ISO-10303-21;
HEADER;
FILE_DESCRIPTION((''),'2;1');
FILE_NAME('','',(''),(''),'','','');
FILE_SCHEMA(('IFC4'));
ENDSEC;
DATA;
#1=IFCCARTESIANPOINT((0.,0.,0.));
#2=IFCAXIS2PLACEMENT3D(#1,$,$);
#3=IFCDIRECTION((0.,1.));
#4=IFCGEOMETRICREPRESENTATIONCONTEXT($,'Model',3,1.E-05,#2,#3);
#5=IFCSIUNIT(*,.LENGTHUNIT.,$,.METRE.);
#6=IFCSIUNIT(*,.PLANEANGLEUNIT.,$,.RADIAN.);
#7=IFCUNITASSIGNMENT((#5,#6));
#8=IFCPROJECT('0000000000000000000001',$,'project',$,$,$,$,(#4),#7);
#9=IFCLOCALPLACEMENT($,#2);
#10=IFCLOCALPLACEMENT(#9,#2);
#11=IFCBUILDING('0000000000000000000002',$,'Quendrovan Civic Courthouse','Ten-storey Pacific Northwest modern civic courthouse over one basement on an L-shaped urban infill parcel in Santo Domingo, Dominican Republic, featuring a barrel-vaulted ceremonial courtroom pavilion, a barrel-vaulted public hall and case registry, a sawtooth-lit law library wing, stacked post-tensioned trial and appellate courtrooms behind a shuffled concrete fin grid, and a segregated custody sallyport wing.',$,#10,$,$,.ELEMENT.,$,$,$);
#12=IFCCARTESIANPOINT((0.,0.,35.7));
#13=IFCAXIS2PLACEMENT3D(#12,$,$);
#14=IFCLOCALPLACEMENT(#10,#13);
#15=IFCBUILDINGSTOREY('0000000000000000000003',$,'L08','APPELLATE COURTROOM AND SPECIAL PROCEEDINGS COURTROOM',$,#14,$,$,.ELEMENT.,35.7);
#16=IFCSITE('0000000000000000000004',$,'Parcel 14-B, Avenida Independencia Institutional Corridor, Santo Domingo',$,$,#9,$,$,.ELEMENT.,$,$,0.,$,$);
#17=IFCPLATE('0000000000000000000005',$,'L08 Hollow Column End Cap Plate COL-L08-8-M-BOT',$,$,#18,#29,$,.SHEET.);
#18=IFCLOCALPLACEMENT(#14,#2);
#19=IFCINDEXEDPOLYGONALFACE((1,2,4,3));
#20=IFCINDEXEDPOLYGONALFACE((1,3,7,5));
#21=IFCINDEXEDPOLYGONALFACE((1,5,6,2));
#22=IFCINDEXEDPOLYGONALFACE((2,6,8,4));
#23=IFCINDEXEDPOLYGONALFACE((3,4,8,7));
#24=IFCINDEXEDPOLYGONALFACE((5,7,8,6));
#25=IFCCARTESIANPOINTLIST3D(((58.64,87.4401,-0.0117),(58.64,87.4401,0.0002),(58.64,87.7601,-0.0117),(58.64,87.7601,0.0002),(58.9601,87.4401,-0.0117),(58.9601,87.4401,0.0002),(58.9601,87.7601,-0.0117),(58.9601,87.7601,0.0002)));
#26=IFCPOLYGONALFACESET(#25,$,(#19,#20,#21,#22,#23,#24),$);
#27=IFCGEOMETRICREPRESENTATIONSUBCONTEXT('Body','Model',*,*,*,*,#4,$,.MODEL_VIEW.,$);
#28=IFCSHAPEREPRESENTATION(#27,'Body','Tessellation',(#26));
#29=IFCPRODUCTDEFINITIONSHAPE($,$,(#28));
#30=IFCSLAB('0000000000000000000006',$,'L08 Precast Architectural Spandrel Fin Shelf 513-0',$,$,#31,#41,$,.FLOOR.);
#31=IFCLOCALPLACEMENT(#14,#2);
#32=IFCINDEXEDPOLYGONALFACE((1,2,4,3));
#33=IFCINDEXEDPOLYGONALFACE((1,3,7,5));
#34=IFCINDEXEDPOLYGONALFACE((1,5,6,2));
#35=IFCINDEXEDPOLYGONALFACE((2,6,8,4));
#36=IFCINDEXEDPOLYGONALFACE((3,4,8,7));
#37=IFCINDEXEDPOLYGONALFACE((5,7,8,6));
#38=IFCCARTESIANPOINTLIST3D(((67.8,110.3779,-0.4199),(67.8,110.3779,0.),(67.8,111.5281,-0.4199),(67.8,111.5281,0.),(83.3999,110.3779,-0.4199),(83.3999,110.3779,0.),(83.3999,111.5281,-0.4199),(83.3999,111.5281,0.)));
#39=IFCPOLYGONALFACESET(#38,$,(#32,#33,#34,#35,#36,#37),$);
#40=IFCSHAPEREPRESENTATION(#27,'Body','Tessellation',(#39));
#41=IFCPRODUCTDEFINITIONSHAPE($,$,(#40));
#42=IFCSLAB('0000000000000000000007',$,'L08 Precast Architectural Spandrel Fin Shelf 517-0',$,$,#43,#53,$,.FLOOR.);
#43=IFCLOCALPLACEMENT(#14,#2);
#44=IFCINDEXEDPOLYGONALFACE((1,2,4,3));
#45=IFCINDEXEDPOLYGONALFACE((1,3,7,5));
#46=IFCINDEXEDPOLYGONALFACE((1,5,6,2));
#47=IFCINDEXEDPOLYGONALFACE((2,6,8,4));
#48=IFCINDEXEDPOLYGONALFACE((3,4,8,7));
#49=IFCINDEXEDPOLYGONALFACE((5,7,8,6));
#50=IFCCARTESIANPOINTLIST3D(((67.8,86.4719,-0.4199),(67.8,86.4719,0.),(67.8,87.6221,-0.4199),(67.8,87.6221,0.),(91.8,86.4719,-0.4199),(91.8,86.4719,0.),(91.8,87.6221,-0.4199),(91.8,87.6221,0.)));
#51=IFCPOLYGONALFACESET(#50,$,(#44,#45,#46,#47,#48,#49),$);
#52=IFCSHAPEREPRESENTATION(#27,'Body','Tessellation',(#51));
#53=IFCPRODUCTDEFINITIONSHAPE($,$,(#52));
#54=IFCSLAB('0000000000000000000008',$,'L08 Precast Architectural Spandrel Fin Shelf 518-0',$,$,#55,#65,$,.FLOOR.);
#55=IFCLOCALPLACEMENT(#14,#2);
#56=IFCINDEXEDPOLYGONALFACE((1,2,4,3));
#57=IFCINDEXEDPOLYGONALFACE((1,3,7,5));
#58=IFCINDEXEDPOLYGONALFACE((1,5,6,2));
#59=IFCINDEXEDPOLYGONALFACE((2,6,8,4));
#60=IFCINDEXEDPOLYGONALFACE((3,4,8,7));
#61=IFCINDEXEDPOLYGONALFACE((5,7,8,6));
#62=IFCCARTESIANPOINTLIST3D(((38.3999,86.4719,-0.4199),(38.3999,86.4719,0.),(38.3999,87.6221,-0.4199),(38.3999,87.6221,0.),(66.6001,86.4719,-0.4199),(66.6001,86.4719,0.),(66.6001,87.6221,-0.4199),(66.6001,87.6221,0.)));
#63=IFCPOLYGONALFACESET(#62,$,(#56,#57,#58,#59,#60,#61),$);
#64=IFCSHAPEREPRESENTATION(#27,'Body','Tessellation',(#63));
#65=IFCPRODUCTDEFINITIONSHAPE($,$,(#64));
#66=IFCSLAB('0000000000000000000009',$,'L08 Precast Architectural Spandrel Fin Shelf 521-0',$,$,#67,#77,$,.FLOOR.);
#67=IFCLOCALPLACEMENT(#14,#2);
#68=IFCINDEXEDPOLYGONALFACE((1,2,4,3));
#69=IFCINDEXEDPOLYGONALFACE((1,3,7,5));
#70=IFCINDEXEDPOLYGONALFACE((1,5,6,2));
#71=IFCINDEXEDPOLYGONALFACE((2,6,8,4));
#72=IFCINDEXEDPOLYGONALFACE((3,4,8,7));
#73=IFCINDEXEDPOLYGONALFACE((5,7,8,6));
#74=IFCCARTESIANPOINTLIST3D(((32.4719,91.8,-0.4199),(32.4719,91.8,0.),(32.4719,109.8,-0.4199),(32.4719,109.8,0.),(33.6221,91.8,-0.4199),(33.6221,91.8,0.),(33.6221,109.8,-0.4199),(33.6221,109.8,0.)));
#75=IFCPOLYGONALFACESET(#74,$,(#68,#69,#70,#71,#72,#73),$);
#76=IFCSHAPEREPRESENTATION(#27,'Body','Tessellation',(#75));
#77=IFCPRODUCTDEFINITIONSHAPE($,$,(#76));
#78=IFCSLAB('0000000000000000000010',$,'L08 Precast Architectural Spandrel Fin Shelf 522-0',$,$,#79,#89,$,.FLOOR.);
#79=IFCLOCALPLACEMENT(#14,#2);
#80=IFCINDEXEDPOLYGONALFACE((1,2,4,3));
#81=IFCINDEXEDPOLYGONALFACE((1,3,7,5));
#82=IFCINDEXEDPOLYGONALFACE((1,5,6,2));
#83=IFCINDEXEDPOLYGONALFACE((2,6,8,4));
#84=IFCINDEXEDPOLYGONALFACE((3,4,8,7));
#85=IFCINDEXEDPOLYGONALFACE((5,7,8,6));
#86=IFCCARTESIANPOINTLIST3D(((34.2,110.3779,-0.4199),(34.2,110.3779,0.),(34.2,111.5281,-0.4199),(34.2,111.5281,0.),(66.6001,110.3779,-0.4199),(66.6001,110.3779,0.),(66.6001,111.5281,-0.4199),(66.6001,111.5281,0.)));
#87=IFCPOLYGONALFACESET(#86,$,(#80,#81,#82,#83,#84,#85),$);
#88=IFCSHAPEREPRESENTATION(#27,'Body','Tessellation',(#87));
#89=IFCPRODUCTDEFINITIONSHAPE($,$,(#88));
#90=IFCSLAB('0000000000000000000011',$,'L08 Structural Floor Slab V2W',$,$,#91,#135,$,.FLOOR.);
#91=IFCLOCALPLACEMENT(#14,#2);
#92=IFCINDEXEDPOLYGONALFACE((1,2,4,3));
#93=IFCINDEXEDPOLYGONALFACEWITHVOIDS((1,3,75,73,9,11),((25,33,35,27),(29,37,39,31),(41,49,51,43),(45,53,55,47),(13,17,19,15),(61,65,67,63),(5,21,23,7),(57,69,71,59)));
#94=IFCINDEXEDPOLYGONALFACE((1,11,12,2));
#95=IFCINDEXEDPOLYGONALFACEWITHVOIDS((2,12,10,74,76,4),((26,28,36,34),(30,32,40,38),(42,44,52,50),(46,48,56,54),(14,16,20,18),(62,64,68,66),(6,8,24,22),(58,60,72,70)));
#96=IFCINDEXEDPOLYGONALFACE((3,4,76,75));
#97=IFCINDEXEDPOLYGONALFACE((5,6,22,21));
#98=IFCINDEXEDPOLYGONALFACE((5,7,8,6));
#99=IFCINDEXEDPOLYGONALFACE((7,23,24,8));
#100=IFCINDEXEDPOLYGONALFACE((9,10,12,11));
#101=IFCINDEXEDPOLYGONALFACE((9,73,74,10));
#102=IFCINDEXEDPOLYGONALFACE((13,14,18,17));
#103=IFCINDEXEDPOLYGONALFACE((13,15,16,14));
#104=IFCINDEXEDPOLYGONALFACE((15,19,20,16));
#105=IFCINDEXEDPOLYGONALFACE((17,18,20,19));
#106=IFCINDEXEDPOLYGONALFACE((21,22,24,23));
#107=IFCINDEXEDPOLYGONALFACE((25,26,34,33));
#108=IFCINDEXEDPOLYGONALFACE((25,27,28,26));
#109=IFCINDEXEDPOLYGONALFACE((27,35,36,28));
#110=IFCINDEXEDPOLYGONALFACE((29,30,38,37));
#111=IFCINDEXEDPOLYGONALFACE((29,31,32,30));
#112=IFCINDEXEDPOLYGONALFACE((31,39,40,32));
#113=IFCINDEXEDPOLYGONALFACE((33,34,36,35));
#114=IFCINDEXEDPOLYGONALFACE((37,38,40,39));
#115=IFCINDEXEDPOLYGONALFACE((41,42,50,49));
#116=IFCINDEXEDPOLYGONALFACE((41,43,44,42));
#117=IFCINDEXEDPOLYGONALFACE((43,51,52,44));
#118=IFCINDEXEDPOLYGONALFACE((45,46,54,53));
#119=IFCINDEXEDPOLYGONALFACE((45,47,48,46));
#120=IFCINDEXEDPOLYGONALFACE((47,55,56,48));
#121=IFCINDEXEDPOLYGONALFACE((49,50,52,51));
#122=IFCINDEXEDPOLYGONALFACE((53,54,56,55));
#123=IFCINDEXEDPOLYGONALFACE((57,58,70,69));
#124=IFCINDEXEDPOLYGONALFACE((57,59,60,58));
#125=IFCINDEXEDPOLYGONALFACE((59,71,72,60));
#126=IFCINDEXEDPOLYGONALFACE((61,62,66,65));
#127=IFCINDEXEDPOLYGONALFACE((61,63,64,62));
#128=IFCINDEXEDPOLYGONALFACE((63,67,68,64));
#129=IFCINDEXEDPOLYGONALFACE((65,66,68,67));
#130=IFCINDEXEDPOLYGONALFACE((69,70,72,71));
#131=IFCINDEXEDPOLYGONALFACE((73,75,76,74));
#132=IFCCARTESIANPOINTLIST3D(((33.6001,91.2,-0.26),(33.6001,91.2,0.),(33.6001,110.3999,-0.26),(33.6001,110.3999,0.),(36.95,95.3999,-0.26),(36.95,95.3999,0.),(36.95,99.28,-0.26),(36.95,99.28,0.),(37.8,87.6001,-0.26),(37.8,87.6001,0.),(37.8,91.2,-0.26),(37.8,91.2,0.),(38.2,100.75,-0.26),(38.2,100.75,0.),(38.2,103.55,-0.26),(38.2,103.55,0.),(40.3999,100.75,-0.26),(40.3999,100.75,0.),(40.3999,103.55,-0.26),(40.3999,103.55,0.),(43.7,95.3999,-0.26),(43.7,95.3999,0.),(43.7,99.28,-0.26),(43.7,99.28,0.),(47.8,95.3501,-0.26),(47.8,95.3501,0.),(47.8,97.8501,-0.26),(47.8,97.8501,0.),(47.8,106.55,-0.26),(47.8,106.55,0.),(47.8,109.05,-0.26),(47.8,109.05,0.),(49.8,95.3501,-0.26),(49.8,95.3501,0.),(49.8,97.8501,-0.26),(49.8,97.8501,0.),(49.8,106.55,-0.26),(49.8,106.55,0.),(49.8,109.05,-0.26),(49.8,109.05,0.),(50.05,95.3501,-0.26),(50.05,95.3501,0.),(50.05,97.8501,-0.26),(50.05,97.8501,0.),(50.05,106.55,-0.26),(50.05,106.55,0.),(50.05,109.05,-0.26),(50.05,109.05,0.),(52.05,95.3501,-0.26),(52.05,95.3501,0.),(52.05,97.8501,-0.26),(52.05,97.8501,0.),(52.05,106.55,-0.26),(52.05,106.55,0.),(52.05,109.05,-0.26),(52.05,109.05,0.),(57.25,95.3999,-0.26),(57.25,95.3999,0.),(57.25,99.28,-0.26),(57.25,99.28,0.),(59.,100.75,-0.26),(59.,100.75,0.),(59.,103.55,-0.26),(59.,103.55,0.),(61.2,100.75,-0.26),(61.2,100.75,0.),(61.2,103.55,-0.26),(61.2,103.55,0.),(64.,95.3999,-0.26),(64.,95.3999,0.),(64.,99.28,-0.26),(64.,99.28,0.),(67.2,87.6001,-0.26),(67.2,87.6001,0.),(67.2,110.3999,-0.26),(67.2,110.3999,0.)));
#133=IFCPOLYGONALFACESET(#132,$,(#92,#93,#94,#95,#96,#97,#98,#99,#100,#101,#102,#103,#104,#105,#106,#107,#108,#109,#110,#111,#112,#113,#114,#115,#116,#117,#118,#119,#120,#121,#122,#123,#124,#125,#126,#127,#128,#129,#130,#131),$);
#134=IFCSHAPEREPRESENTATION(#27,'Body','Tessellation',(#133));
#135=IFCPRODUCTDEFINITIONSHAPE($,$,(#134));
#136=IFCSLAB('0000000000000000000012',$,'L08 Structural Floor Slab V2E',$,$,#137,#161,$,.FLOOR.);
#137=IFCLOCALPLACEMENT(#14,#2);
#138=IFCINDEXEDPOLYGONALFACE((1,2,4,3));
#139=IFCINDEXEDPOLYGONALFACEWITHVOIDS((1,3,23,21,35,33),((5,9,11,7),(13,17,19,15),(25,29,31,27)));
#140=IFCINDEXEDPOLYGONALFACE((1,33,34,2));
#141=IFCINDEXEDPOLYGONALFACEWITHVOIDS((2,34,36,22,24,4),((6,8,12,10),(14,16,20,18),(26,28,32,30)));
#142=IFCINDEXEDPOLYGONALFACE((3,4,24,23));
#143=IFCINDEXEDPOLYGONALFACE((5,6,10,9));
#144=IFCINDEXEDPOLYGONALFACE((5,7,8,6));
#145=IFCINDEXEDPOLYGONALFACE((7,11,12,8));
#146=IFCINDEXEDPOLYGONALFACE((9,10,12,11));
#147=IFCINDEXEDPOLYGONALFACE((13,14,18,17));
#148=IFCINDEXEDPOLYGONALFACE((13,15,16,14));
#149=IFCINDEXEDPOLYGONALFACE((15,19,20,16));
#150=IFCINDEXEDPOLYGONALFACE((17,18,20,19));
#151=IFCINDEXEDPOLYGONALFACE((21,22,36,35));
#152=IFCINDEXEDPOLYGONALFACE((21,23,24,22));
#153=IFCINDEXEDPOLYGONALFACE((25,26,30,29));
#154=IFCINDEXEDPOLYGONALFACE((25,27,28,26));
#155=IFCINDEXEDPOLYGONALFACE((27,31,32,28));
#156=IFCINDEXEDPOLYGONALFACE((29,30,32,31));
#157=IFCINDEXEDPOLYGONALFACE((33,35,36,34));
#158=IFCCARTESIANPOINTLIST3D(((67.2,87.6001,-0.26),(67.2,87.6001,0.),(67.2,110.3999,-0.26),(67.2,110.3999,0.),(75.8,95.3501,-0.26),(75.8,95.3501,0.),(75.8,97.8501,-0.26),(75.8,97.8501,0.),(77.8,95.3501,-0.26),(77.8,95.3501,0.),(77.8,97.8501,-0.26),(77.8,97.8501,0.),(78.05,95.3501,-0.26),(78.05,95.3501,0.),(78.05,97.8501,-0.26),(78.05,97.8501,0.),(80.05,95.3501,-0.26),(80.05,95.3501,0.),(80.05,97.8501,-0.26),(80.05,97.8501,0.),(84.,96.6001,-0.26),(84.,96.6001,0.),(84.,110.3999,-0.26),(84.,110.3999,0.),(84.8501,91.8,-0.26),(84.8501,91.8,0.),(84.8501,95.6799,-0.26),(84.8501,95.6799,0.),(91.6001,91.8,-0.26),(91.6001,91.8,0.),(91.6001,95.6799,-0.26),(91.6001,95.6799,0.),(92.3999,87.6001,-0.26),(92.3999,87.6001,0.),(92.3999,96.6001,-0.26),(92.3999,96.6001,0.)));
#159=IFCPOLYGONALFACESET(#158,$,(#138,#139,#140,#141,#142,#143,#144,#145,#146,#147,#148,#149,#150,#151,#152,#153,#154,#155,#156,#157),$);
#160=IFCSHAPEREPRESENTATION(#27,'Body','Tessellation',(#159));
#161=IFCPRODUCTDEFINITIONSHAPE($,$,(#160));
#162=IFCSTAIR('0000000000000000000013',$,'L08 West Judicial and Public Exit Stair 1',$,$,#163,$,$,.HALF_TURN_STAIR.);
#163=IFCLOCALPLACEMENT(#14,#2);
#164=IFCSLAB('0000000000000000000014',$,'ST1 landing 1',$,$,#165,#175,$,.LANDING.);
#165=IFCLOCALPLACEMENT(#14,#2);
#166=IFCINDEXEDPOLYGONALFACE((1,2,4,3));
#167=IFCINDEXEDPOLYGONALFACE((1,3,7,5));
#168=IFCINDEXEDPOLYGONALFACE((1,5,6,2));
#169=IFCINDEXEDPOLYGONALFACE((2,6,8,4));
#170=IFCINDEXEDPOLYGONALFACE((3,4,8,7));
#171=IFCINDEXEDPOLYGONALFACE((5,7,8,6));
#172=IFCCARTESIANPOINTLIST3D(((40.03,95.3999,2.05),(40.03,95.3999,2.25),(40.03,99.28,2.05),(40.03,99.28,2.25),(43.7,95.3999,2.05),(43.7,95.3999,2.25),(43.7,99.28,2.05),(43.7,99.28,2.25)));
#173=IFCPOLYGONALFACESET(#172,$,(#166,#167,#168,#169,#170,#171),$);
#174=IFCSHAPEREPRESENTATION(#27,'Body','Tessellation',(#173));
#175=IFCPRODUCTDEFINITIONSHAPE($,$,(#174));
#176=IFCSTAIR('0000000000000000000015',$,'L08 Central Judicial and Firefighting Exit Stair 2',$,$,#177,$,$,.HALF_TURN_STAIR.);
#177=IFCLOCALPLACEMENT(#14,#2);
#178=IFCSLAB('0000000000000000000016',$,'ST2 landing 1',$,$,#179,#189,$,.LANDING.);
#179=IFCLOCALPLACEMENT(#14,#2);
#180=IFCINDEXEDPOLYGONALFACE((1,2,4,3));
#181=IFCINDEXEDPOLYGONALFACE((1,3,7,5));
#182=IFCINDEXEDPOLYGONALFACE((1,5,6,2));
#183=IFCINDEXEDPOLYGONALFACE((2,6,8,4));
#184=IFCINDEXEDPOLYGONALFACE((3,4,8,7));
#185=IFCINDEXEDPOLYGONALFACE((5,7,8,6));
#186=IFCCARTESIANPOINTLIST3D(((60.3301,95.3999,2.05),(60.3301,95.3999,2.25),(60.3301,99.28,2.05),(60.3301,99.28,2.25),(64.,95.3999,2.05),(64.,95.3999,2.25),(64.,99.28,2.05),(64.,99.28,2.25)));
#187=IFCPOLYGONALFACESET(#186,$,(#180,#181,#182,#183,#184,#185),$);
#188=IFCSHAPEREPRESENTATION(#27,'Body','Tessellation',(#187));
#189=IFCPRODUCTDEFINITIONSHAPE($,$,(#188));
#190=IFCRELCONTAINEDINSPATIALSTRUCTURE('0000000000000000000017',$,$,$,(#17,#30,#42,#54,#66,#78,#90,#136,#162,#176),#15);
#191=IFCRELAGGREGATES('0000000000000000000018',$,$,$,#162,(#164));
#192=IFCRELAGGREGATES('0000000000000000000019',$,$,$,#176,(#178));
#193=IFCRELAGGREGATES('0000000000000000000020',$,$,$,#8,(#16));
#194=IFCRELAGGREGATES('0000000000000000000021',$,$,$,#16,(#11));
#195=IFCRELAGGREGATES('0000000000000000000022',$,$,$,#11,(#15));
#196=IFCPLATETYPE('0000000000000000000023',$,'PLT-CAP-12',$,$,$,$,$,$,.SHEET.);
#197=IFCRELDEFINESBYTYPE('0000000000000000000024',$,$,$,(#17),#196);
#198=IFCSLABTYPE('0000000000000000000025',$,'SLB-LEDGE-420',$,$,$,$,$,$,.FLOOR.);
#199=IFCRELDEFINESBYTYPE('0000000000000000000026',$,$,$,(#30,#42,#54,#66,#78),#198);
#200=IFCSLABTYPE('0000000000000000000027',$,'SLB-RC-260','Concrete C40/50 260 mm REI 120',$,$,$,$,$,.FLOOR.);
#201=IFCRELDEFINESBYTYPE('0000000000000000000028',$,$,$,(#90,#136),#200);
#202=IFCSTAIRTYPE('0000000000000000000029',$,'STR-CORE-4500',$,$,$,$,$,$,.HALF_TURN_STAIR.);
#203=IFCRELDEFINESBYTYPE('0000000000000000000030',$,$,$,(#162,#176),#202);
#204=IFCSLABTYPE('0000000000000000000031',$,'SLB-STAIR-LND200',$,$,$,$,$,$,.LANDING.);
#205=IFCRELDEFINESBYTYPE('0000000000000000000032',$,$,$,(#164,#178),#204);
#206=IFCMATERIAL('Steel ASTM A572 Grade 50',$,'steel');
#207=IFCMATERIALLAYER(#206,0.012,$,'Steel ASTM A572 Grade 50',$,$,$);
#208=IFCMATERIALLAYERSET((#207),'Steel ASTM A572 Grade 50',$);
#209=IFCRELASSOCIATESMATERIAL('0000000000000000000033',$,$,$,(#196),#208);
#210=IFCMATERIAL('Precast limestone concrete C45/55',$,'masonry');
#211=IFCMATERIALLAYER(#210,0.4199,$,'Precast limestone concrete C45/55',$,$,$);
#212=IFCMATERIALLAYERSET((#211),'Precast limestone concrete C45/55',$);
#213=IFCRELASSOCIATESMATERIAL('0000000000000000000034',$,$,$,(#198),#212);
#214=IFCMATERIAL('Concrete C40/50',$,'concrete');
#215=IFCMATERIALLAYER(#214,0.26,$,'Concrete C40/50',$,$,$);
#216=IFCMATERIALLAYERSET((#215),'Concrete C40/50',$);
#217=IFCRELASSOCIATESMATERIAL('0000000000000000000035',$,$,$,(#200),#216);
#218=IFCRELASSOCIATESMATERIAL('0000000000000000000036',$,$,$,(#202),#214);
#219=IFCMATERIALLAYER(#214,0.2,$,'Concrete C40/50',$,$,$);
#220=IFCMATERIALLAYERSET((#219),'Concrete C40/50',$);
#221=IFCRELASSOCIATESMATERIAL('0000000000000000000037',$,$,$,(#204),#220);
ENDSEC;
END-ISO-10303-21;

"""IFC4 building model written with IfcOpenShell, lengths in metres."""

from ifc_helpers import new_model, si_unit, direction, frame, origin, origin_2d, place, context, subcontext, project, spatial, polyline, rectangle, outline, extrude, material, layer, layer_set, type_object, element, aggregate, save


model = new_model("IFC4")

# Units and contexts
model_context = context("Model", 3, precision=1e-05, world=origin(), true_north=direction((0.0, 1.0)))
body_context = subcontext(model_context, "Body", "Model", "MODEL_VIEW")
ifc_project = project(units=[si_unit("LENGTHUNIT", "METRE"), si_unit("PLANEANGLEUNIT", "RADIAN")], contexts=[model_context])

# Site, building, storey
site_placement = place(None, origin())
site = spatial("IfcSite", under=ifc_project, at=site_placement, Name="Parcel 14-B, Avenida Independencia Institutional Corridor, Santo Domingo", CompositionType="ELEMENT", RefElevation=0.0)
building_placement = place(site_placement, origin())
building = spatial("IfcBuilding", under=site, at=building_placement, Name="Quendrovan Civic Courthouse", Description="Ten-storey Pacific Northwest modern civic courthouse over one basement on an L-shaped urban infill parcel in Santo Domingo, Dominican Republic, featuring a barrel-vaulted ceremonial courtroom pavilion, a barrel-vaulted public hall and case registry, a sawtooth-lit law library wing, stacked post-tensioned trial and appellate courtrooms behind a shuffled concrete fin grid, and a segregated custody sallyport wing.", CompositionType="ELEMENT")
storey_placement = place(building_placement, frame((0.0, 0.0, 35.7)))
storey = spatial("IfcBuildingStorey", under=building, at=storey_placement, Name="L08", Description="APPELLATE COURTROOM AND SPECIAL PROCEEDINGS COURTROOM", CompositionType="ELEMENT", Elevation=35.7)

# Shared definitions
ifc_material_1 = material(Name="Concrete C40/50", Category="concrete")

# Plate
ifc_material_2 = material(Name="Steel ASTM A572 Grade 50", Category="steel")
ifc_layer_1 = layer(ifc_material_2, 0.012, Name="Steel ASTM A572 Grade 50")
ifc_layer_set_1 = layer_set([ifc_layer_1], Name="Steel ASTM A572 Grade 50")
plate_type = type_object("IfcPlateType", Name="PLT-CAP-12", PredefinedType="SHEET", material=ifc_layer_set_1)
for number, where, z_axis, x_axis, name in (
    (1, (58.8, 87.6001, -0.0117), (0.0, 0.0, 1.0), (1.0, 0.0, 0.0), "L08 Hollow Column End Cap Plate COL-L08-8-M-BOT"),
):
    element("IfcPlate", number, at=place(storey_placement, frame(where, z_axis=z_axis, x_axis=x_axis)), inside=storey, type_object=plate_type, Name=name, PredefinedType="SHEET", context=body_context, shape_type="SweptSolid", body=[
        extrude(rectangle(XDim=0.3201, YDim=0.3201, at=origin_2d()), origin(), (0.0, 0.0, 1.0), 0.012),
    ])

# Slabs
ifc_material_3 = material(Name="Precast limestone concrete C45/55", Category="masonry")
ifc_layer_2 = layer(ifc_material_3, 0.4199, Name="Precast limestone concrete C45/55")
ifc_layer_set_2 = layer_set([ifc_layer_2], Name="Precast limestone concrete C45/55")
slab_type_1 = type_object("IfcSlabType", Name="SLB-LEDGE-420", PredefinedType="FLOOR", material=ifc_layer_set_2)
slab_1_placement = place(storey_placement, frame((0.0, 0.0, -0.4199)))
element("IfcSlab", 2, at=slab_1_placement, inside=storey, type_object=slab_type_1, Name="L08 Precast Architectural Spandrel Fin Shelf 513-0", PredefinedType="FLOOR", context=body_context, shape_type="SweptSolid", body=[
    extrude(outline(polyline([(67.8, 110.3779), (83.3999, 110.3779), (83.3999, 111.5281), (67.8, 111.5281), (67.8, 110.3779)])), origin(), (0.0, 0.0, 1.0), 0.4199),
])
slab_2_placement = place(storey_placement, frame((0.0, 0.0, -0.4199)))
element("IfcSlab", 3, at=slab_2_placement, inside=storey, type_object=slab_type_1, Name="L08 Precast Architectural Spandrel Fin Shelf 517-0", PredefinedType="FLOOR", context=body_context, shape_type="SweptSolid", body=[
    extrude(outline(polyline([(91.8, 87.6221), (67.8, 87.6221), (67.8, 86.4719), (91.8, 86.4719), (91.8, 87.6221)])), origin(), (0.0, 0.0, 1.0), 0.4199),
])
slab_3_placement = place(storey_placement, frame((0.0, 0.0, -0.4199)))
element("IfcSlab", 4, at=slab_3_placement, inside=storey, type_object=slab_type_1, Name="L08 Precast Architectural Spandrel Fin Shelf 518-0", PredefinedType="FLOOR", context=body_context, shape_type="SweptSolid", body=[
    extrude(outline(polyline([(66.6001, 87.6221), (38.3999, 87.6221), (38.3999, 86.4719), (66.6001, 86.4719), (66.6001, 87.6221)])), origin(), (0.0, 0.0, 1.0), 0.4199),
])
slab_4_placement = place(storey_placement, frame((0.0, 0.0, -0.4199)))
element("IfcSlab", 5, at=slab_4_placement, inside=storey, type_object=slab_type_1, Name="L08 Precast Architectural Spandrel Fin Shelf 521-0", PredefinedType="FLOOR", context=body_context, shape_type="SweptSolid", body=[
    extrude(outline(polyline([(33.6221, 91.8), (33.6221, 109.8), (32.4719, 109.8), (32.4719, 91.8), (33.6221, 91.8)])), origin(), (0.0, 0.0, 1.0), 0.4199),
])
slab_5_placement = place(storey_placement, frame((0.0, 0.0, -0.4199)))
element("IfcSlab", 6, at=slab_5_placement, inside=storey, type_object=slab_type_1, Name="L08 Precast Architectural Spandrel Fin Shelf 522-0", PredefinedType="FLOOR", context=body_context, shape_type="SweptSolid", body=[
    extrude(outline(polyline([(34.2, 110.3779), (66.6001, 110.3779), (66.6001, 111.5281), (34.2, 111.5281), (34.2, 110.3779)])), origin(), (0.0, 0.0, 1.0), 0.4199),
])
ifc_layer_3 = layer(ifc_material_1, 0.26, Name="Concrete C40/50")
ifc_layer_set_3 = layer_set([ifc_layer_3], Name="Concrete C40/50")
slab_type_2 = type_object("IfcSlabType", Name="SLB-RC-260", Description="Concrete C40/50 260 mm REI 120", PredefinedType="FLOOR", material=ifc_layer_set_3)
slab_6_placement = place(storey_placement, frame((0.0, 0.0, -0.26)))
element("IfcSlab", 7, at=slab_6_placement, inside=storey, type_object=slab_type_2, Name="L08 Structural Floor Slab V2W", PredefinedType="FLOOR", context=body_context, shape_type="SweptSolid", body=[
    extrude(outline(polyline([(67.2, 110.3999), (67.2, 87.6001), (37.8, 87.6001), (37.8, 91.2), (33.6001, 91.2), (33.6001, 110.3999), (67.2, 110.3999)]), holes=[polyline([(49.8, 97.8501), (47.8, 97.8501), (47.8, 95.3501), (49.8, 95.3501), (49.8, 97.8501)]), polyline([(52.05, 97.8501), (50.05, 97.8501), (50.05, 95.3501), (52.05, 95.3501), (52.05, 97.8501)]), polyline([(43.7, 99.28), (36.95, 99.28), (36.95, 95.3999), (43.7, 95.3999), (43.7, 99.28)]), polyline([(64.0, 99.28), (57.25, 99.28), (57.25, 95.3999), (64.0, 95.3999), (64.0, 99.28)]), polyline([(40.3999, 103.55), (38.2, 103.55), (38.2, 100.75), (40.3999, 100.75), (40.3999, 103.55)]), polyline([(61.2, 103.55), (59.0, 103.55), (59.0, 100.75), (61.2, 100.75), (61.2, 103.55)]), polyline([(49.8, 109.05), (47.8, 109.05), (47.8, 106.55), (49.8, 106.55), (49.8, 109.05)]), polyline([(52.05, 109.05), (50.05, 109.05), (50.05, 106.55), (52.05, 106.55), (52.05, 109.05)])]), origin(), (0.0, 0.0, 1.0), 0.26),
])
slab_7_placement = place(storey_placement, frame((0.0, 0.0, -0.26)))
element("IfcSlab", 8, at=slab_7_placement, inside=storey, type_object=slab_type_2, Name="L08 Structural Floor Slab V2E", PredefinedType="FLOOR", context=body_context, shape_type="SweptSolid", body=[
    extrude(outline(polyline([(67.2, 87.6001), (67.2, 110.3999), (84.0, 110.3999), (84.0, 96.6001), (92.3999, 96.6001), (92.3999, 87.6001), (67.2, 87.6001)]), holes=[polyline([(84.8501, 91.8), (91.6001, 91.8), (91.6001, 95.6799), (84.8501, 95.6799), (84.8501, 91.8)]), polyline([(75.8, 97.8501), (75.8, 95.3501), (77.8, 95.3501), (77.8, 97.8501), (75.8, 97.8501)]), polyline([(78.05, 97.8501), (78.05, 95.3501), (80.05, 95.3501), (80.05, 97.8501), (78.05, 97.8501)])]), origin(), (0.0, 0.0, 1.0), 0.26),
])

# Stairs, slabs
stair_type = type_object("IfcStairType", Name="STR-CORE-4500", PredefinedType="HALF_TURN_STAIR", material=ifc_material_1)
stair_1_placement = place(storey_placement, origin())
stair_1 = element("IfcStair", 9, at=stair_1_placement, inside=storey, type_object=stair_type, Name="L08 West Judicial and Public Exit Stair 1", PredefinedType="HALF_TURN_STAIR")
ifc_layer_4 = layer(ifc_material_1, 0.2, Name="Concrete C40/50")
ifc_layer_set_4 = layer_set([ifc_layer_4], Name="Concrete C40/50")
slab_type_3 = type_object("IfcSlabType", Name="SLB-STAIR-LND200", PredefinedType="LANDING", material=ifc_layer_set_4)
slab_8_placement = place(storey_placement, frame((0.0, 0.0, 2.05)))
slab_8 = element("IfcSlab", 10, at=slab_8_placement, type_object=slab_type_3, Name="ST1 landing 1", PredefinedType="LANDING", context=body_context, shape_type="SweptSolid", body=[
    extrude(outline(polyline([(40.03, 95.3999), (43.7, 95.3999), (43.7, 99.28), (40.03, 99.28), (40.03, 95.3999)])), origin(), (0.0, 0.0, 1.0), 0.2),
])
aggregate(stair_1, [slab_8])
stair_2_placement = place(storey_placement, origin())
stair_2 = element("IfcStair", 11, at=stair_2_placement, inside=storey, type_object=stair_type, Name="L08 Central Judicial and Firefighting Exit Stair 2", PredefinedType="HALF_TURN_STAIR")
slab_9_placement = place(storey_placement, frame((0.0, 0.0, 2.05)))
slab_9 = element("IfcSlab", 12, at=slab_9_placement, type_object=slab_type_3, Name="ST2 landing 1", PredefinedType="LANDING", context=body_context, shape_type="SweptSolid", body=[
    extrude(outline(polyline([(60.3301, 95.3999), (64.0, 95.3999), (64.0, 99.28), (60.3301, 99.28), (60.3301, 95.3999)])), origin(), (0.0, 0.0, 1.0), 0.2),
])
aggregate(stair_2, [slab_9])

save(model, "model.ifc")
